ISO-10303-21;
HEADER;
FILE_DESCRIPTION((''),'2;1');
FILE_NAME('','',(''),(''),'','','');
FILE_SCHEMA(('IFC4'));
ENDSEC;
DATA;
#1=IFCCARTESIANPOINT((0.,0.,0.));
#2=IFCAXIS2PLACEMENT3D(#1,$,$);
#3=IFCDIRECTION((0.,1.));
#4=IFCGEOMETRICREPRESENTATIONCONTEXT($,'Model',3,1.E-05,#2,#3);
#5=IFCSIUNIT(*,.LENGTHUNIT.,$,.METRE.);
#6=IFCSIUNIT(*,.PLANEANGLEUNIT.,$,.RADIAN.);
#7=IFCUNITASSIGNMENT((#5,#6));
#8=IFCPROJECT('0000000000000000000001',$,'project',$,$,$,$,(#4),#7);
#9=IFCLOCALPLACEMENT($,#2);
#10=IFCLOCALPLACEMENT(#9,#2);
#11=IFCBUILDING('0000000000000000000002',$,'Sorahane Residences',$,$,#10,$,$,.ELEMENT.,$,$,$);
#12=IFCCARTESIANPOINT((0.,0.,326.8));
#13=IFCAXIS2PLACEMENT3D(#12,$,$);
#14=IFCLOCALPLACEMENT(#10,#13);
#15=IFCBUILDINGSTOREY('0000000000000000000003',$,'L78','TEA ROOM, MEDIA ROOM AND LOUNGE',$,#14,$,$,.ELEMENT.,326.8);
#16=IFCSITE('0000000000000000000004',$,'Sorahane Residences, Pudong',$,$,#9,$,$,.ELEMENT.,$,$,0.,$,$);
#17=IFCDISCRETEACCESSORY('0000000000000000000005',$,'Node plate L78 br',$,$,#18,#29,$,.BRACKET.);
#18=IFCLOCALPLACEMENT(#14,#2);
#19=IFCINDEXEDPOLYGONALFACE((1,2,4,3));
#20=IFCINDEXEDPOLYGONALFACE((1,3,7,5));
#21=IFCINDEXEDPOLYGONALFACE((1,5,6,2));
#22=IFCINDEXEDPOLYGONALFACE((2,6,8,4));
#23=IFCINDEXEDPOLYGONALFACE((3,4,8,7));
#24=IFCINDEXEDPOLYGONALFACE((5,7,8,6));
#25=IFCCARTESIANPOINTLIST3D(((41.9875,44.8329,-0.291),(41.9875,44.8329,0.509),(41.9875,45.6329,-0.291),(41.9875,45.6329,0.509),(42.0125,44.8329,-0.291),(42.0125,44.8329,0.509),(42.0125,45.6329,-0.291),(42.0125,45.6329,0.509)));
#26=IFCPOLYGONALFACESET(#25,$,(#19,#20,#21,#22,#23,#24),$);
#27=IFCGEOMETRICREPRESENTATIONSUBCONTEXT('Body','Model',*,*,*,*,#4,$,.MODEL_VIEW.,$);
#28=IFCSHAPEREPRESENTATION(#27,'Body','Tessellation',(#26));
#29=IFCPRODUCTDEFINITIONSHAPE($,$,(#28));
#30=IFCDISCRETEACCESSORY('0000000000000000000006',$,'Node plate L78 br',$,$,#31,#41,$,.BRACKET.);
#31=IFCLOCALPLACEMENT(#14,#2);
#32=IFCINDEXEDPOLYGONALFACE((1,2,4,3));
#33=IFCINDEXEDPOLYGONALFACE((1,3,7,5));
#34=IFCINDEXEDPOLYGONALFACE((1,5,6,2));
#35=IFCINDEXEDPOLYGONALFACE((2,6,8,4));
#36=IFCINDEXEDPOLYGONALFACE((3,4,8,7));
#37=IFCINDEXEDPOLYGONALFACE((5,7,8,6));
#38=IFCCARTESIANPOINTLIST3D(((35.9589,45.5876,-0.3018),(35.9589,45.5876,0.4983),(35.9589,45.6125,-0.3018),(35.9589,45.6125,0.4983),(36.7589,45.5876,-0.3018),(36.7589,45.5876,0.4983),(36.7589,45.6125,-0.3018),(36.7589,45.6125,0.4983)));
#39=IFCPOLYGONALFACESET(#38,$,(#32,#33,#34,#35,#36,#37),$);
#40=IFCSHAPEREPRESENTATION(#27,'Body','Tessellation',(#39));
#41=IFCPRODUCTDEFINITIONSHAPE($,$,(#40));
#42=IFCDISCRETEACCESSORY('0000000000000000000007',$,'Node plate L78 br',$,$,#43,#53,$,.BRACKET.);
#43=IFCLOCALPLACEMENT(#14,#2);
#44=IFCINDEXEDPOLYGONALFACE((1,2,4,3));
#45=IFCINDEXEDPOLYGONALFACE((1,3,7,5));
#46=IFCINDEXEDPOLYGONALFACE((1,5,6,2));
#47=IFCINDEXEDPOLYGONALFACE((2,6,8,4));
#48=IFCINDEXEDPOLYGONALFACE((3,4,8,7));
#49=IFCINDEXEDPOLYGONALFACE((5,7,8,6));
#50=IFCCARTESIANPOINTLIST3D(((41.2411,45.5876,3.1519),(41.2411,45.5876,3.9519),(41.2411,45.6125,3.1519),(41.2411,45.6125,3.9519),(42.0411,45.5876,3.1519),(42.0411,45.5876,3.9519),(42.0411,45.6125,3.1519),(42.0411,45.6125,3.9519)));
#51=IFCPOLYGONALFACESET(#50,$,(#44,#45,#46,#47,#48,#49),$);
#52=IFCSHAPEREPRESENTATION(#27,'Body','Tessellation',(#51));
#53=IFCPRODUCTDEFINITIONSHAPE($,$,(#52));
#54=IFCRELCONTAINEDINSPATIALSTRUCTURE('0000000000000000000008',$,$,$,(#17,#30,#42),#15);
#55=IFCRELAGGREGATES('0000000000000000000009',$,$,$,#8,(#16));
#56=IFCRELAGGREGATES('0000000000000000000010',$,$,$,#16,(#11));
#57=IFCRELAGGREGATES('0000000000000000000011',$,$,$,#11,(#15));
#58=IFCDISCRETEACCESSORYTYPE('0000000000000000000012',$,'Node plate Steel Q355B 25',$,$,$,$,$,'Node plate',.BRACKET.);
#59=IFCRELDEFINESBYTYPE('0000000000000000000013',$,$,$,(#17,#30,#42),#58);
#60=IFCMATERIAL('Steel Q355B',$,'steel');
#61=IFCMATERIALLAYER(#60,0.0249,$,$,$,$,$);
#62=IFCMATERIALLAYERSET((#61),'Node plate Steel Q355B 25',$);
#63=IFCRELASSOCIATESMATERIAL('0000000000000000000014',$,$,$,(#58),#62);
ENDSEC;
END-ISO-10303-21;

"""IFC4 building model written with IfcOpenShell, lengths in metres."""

from ifc_helpers import new_model, si_unit, direction, frame, origin, origin_2d, place, context, subcontext, project, spatial, rectangle, extrude, material, layer, layer_set, type_object, element, save


model = new_model("IFC4")

# Units and contexts
model_context = context("Model", 3, precision=1e-05, world=origin(), true_north=direction((0.0, 1.0)))
body_context = subcontext(model_context, "Body", "Model", "MODEL_VIEW")
ifc_project = project(units=[si_unit("LENGTHUNIT", "METRE"), si_unit("PLANEANGLEUNIT", "RADIAN")], contexts=[model_context])

# Site, building, storey
site_placement = place(None, origin())
site = spatial("IfcSite", under=ifc_project, at=site_placement, Name="Sorahane Residences, Pudong", CompositionType="ELEMENT", RefElevation=0.0)
building_placement = place(site_placement, origin())
building = spatial("IfcBuilding", under=site, at=building_placement, Name="Sorahane Residences", CompositionType="ELEMENT")
storey_placement = place(building_placement, frame((0.0, 0.0, 326.8)))
storey = spatial("IfcBuildingStorey", under=building, at=storey_placement, Name="L78", Description="TEA ROOM, MEDIA ROOM AND LOUNGE", CompositionType="ELEMENT", Elevation=326.8)

# Discrete accessories
ifc_material_1 = material(Name="Steel Q355B", Category="steel")
ifc_layer_1 = layer(ifc_material_1, 0.0249)
ifc_layer_set_1 = layer_set([ifc_layer_1], Name="Node plate Steel Q355B 25")
discrete_accessory_type = type_object("IfcDiscreteAccessoryType", Name="Node plate Steel Q355B 25", ElementType="Node plate", PredefinedType="BRACKET", material=ifc_layer_set_1)
for number, where, z_axis, x_axis, name in (
    (1, (42.0, 45.2329, -0.291), (0.0, 0.0, 1.0), (0.0, 1.0, 0.0), "Node plate L78 br"),
    (2, (36.3589, 45.6001, -0.3018), (0.0, 0.0, 1.0), (1.0, 0.0, 0.0), "Node plate L78 br"),
    (3, (41.6411, 45.6001, 3.1519), (0.0, 0.0, 1.0), (1.0, 0.0, 0.0), "Node plate L78 br"),
):
    element("IfcDiscreteAccessory", number, at=place(storey_placement, frame(where, z_axis=z_axis, x_axis=x_axis)), inside=storey, type_object=discrete_accessory_type, Name=name, PredefinedType="BRACKET", context=body_context, shape_type="SweptSolid", body=[
        extrude(rectangle(XDim=0.8, YDim=0.0249, at=origin_2d()), origin(), (0.0, 0.0, 1.0), 0.8),
    ])

save(model, "model.ifc")
